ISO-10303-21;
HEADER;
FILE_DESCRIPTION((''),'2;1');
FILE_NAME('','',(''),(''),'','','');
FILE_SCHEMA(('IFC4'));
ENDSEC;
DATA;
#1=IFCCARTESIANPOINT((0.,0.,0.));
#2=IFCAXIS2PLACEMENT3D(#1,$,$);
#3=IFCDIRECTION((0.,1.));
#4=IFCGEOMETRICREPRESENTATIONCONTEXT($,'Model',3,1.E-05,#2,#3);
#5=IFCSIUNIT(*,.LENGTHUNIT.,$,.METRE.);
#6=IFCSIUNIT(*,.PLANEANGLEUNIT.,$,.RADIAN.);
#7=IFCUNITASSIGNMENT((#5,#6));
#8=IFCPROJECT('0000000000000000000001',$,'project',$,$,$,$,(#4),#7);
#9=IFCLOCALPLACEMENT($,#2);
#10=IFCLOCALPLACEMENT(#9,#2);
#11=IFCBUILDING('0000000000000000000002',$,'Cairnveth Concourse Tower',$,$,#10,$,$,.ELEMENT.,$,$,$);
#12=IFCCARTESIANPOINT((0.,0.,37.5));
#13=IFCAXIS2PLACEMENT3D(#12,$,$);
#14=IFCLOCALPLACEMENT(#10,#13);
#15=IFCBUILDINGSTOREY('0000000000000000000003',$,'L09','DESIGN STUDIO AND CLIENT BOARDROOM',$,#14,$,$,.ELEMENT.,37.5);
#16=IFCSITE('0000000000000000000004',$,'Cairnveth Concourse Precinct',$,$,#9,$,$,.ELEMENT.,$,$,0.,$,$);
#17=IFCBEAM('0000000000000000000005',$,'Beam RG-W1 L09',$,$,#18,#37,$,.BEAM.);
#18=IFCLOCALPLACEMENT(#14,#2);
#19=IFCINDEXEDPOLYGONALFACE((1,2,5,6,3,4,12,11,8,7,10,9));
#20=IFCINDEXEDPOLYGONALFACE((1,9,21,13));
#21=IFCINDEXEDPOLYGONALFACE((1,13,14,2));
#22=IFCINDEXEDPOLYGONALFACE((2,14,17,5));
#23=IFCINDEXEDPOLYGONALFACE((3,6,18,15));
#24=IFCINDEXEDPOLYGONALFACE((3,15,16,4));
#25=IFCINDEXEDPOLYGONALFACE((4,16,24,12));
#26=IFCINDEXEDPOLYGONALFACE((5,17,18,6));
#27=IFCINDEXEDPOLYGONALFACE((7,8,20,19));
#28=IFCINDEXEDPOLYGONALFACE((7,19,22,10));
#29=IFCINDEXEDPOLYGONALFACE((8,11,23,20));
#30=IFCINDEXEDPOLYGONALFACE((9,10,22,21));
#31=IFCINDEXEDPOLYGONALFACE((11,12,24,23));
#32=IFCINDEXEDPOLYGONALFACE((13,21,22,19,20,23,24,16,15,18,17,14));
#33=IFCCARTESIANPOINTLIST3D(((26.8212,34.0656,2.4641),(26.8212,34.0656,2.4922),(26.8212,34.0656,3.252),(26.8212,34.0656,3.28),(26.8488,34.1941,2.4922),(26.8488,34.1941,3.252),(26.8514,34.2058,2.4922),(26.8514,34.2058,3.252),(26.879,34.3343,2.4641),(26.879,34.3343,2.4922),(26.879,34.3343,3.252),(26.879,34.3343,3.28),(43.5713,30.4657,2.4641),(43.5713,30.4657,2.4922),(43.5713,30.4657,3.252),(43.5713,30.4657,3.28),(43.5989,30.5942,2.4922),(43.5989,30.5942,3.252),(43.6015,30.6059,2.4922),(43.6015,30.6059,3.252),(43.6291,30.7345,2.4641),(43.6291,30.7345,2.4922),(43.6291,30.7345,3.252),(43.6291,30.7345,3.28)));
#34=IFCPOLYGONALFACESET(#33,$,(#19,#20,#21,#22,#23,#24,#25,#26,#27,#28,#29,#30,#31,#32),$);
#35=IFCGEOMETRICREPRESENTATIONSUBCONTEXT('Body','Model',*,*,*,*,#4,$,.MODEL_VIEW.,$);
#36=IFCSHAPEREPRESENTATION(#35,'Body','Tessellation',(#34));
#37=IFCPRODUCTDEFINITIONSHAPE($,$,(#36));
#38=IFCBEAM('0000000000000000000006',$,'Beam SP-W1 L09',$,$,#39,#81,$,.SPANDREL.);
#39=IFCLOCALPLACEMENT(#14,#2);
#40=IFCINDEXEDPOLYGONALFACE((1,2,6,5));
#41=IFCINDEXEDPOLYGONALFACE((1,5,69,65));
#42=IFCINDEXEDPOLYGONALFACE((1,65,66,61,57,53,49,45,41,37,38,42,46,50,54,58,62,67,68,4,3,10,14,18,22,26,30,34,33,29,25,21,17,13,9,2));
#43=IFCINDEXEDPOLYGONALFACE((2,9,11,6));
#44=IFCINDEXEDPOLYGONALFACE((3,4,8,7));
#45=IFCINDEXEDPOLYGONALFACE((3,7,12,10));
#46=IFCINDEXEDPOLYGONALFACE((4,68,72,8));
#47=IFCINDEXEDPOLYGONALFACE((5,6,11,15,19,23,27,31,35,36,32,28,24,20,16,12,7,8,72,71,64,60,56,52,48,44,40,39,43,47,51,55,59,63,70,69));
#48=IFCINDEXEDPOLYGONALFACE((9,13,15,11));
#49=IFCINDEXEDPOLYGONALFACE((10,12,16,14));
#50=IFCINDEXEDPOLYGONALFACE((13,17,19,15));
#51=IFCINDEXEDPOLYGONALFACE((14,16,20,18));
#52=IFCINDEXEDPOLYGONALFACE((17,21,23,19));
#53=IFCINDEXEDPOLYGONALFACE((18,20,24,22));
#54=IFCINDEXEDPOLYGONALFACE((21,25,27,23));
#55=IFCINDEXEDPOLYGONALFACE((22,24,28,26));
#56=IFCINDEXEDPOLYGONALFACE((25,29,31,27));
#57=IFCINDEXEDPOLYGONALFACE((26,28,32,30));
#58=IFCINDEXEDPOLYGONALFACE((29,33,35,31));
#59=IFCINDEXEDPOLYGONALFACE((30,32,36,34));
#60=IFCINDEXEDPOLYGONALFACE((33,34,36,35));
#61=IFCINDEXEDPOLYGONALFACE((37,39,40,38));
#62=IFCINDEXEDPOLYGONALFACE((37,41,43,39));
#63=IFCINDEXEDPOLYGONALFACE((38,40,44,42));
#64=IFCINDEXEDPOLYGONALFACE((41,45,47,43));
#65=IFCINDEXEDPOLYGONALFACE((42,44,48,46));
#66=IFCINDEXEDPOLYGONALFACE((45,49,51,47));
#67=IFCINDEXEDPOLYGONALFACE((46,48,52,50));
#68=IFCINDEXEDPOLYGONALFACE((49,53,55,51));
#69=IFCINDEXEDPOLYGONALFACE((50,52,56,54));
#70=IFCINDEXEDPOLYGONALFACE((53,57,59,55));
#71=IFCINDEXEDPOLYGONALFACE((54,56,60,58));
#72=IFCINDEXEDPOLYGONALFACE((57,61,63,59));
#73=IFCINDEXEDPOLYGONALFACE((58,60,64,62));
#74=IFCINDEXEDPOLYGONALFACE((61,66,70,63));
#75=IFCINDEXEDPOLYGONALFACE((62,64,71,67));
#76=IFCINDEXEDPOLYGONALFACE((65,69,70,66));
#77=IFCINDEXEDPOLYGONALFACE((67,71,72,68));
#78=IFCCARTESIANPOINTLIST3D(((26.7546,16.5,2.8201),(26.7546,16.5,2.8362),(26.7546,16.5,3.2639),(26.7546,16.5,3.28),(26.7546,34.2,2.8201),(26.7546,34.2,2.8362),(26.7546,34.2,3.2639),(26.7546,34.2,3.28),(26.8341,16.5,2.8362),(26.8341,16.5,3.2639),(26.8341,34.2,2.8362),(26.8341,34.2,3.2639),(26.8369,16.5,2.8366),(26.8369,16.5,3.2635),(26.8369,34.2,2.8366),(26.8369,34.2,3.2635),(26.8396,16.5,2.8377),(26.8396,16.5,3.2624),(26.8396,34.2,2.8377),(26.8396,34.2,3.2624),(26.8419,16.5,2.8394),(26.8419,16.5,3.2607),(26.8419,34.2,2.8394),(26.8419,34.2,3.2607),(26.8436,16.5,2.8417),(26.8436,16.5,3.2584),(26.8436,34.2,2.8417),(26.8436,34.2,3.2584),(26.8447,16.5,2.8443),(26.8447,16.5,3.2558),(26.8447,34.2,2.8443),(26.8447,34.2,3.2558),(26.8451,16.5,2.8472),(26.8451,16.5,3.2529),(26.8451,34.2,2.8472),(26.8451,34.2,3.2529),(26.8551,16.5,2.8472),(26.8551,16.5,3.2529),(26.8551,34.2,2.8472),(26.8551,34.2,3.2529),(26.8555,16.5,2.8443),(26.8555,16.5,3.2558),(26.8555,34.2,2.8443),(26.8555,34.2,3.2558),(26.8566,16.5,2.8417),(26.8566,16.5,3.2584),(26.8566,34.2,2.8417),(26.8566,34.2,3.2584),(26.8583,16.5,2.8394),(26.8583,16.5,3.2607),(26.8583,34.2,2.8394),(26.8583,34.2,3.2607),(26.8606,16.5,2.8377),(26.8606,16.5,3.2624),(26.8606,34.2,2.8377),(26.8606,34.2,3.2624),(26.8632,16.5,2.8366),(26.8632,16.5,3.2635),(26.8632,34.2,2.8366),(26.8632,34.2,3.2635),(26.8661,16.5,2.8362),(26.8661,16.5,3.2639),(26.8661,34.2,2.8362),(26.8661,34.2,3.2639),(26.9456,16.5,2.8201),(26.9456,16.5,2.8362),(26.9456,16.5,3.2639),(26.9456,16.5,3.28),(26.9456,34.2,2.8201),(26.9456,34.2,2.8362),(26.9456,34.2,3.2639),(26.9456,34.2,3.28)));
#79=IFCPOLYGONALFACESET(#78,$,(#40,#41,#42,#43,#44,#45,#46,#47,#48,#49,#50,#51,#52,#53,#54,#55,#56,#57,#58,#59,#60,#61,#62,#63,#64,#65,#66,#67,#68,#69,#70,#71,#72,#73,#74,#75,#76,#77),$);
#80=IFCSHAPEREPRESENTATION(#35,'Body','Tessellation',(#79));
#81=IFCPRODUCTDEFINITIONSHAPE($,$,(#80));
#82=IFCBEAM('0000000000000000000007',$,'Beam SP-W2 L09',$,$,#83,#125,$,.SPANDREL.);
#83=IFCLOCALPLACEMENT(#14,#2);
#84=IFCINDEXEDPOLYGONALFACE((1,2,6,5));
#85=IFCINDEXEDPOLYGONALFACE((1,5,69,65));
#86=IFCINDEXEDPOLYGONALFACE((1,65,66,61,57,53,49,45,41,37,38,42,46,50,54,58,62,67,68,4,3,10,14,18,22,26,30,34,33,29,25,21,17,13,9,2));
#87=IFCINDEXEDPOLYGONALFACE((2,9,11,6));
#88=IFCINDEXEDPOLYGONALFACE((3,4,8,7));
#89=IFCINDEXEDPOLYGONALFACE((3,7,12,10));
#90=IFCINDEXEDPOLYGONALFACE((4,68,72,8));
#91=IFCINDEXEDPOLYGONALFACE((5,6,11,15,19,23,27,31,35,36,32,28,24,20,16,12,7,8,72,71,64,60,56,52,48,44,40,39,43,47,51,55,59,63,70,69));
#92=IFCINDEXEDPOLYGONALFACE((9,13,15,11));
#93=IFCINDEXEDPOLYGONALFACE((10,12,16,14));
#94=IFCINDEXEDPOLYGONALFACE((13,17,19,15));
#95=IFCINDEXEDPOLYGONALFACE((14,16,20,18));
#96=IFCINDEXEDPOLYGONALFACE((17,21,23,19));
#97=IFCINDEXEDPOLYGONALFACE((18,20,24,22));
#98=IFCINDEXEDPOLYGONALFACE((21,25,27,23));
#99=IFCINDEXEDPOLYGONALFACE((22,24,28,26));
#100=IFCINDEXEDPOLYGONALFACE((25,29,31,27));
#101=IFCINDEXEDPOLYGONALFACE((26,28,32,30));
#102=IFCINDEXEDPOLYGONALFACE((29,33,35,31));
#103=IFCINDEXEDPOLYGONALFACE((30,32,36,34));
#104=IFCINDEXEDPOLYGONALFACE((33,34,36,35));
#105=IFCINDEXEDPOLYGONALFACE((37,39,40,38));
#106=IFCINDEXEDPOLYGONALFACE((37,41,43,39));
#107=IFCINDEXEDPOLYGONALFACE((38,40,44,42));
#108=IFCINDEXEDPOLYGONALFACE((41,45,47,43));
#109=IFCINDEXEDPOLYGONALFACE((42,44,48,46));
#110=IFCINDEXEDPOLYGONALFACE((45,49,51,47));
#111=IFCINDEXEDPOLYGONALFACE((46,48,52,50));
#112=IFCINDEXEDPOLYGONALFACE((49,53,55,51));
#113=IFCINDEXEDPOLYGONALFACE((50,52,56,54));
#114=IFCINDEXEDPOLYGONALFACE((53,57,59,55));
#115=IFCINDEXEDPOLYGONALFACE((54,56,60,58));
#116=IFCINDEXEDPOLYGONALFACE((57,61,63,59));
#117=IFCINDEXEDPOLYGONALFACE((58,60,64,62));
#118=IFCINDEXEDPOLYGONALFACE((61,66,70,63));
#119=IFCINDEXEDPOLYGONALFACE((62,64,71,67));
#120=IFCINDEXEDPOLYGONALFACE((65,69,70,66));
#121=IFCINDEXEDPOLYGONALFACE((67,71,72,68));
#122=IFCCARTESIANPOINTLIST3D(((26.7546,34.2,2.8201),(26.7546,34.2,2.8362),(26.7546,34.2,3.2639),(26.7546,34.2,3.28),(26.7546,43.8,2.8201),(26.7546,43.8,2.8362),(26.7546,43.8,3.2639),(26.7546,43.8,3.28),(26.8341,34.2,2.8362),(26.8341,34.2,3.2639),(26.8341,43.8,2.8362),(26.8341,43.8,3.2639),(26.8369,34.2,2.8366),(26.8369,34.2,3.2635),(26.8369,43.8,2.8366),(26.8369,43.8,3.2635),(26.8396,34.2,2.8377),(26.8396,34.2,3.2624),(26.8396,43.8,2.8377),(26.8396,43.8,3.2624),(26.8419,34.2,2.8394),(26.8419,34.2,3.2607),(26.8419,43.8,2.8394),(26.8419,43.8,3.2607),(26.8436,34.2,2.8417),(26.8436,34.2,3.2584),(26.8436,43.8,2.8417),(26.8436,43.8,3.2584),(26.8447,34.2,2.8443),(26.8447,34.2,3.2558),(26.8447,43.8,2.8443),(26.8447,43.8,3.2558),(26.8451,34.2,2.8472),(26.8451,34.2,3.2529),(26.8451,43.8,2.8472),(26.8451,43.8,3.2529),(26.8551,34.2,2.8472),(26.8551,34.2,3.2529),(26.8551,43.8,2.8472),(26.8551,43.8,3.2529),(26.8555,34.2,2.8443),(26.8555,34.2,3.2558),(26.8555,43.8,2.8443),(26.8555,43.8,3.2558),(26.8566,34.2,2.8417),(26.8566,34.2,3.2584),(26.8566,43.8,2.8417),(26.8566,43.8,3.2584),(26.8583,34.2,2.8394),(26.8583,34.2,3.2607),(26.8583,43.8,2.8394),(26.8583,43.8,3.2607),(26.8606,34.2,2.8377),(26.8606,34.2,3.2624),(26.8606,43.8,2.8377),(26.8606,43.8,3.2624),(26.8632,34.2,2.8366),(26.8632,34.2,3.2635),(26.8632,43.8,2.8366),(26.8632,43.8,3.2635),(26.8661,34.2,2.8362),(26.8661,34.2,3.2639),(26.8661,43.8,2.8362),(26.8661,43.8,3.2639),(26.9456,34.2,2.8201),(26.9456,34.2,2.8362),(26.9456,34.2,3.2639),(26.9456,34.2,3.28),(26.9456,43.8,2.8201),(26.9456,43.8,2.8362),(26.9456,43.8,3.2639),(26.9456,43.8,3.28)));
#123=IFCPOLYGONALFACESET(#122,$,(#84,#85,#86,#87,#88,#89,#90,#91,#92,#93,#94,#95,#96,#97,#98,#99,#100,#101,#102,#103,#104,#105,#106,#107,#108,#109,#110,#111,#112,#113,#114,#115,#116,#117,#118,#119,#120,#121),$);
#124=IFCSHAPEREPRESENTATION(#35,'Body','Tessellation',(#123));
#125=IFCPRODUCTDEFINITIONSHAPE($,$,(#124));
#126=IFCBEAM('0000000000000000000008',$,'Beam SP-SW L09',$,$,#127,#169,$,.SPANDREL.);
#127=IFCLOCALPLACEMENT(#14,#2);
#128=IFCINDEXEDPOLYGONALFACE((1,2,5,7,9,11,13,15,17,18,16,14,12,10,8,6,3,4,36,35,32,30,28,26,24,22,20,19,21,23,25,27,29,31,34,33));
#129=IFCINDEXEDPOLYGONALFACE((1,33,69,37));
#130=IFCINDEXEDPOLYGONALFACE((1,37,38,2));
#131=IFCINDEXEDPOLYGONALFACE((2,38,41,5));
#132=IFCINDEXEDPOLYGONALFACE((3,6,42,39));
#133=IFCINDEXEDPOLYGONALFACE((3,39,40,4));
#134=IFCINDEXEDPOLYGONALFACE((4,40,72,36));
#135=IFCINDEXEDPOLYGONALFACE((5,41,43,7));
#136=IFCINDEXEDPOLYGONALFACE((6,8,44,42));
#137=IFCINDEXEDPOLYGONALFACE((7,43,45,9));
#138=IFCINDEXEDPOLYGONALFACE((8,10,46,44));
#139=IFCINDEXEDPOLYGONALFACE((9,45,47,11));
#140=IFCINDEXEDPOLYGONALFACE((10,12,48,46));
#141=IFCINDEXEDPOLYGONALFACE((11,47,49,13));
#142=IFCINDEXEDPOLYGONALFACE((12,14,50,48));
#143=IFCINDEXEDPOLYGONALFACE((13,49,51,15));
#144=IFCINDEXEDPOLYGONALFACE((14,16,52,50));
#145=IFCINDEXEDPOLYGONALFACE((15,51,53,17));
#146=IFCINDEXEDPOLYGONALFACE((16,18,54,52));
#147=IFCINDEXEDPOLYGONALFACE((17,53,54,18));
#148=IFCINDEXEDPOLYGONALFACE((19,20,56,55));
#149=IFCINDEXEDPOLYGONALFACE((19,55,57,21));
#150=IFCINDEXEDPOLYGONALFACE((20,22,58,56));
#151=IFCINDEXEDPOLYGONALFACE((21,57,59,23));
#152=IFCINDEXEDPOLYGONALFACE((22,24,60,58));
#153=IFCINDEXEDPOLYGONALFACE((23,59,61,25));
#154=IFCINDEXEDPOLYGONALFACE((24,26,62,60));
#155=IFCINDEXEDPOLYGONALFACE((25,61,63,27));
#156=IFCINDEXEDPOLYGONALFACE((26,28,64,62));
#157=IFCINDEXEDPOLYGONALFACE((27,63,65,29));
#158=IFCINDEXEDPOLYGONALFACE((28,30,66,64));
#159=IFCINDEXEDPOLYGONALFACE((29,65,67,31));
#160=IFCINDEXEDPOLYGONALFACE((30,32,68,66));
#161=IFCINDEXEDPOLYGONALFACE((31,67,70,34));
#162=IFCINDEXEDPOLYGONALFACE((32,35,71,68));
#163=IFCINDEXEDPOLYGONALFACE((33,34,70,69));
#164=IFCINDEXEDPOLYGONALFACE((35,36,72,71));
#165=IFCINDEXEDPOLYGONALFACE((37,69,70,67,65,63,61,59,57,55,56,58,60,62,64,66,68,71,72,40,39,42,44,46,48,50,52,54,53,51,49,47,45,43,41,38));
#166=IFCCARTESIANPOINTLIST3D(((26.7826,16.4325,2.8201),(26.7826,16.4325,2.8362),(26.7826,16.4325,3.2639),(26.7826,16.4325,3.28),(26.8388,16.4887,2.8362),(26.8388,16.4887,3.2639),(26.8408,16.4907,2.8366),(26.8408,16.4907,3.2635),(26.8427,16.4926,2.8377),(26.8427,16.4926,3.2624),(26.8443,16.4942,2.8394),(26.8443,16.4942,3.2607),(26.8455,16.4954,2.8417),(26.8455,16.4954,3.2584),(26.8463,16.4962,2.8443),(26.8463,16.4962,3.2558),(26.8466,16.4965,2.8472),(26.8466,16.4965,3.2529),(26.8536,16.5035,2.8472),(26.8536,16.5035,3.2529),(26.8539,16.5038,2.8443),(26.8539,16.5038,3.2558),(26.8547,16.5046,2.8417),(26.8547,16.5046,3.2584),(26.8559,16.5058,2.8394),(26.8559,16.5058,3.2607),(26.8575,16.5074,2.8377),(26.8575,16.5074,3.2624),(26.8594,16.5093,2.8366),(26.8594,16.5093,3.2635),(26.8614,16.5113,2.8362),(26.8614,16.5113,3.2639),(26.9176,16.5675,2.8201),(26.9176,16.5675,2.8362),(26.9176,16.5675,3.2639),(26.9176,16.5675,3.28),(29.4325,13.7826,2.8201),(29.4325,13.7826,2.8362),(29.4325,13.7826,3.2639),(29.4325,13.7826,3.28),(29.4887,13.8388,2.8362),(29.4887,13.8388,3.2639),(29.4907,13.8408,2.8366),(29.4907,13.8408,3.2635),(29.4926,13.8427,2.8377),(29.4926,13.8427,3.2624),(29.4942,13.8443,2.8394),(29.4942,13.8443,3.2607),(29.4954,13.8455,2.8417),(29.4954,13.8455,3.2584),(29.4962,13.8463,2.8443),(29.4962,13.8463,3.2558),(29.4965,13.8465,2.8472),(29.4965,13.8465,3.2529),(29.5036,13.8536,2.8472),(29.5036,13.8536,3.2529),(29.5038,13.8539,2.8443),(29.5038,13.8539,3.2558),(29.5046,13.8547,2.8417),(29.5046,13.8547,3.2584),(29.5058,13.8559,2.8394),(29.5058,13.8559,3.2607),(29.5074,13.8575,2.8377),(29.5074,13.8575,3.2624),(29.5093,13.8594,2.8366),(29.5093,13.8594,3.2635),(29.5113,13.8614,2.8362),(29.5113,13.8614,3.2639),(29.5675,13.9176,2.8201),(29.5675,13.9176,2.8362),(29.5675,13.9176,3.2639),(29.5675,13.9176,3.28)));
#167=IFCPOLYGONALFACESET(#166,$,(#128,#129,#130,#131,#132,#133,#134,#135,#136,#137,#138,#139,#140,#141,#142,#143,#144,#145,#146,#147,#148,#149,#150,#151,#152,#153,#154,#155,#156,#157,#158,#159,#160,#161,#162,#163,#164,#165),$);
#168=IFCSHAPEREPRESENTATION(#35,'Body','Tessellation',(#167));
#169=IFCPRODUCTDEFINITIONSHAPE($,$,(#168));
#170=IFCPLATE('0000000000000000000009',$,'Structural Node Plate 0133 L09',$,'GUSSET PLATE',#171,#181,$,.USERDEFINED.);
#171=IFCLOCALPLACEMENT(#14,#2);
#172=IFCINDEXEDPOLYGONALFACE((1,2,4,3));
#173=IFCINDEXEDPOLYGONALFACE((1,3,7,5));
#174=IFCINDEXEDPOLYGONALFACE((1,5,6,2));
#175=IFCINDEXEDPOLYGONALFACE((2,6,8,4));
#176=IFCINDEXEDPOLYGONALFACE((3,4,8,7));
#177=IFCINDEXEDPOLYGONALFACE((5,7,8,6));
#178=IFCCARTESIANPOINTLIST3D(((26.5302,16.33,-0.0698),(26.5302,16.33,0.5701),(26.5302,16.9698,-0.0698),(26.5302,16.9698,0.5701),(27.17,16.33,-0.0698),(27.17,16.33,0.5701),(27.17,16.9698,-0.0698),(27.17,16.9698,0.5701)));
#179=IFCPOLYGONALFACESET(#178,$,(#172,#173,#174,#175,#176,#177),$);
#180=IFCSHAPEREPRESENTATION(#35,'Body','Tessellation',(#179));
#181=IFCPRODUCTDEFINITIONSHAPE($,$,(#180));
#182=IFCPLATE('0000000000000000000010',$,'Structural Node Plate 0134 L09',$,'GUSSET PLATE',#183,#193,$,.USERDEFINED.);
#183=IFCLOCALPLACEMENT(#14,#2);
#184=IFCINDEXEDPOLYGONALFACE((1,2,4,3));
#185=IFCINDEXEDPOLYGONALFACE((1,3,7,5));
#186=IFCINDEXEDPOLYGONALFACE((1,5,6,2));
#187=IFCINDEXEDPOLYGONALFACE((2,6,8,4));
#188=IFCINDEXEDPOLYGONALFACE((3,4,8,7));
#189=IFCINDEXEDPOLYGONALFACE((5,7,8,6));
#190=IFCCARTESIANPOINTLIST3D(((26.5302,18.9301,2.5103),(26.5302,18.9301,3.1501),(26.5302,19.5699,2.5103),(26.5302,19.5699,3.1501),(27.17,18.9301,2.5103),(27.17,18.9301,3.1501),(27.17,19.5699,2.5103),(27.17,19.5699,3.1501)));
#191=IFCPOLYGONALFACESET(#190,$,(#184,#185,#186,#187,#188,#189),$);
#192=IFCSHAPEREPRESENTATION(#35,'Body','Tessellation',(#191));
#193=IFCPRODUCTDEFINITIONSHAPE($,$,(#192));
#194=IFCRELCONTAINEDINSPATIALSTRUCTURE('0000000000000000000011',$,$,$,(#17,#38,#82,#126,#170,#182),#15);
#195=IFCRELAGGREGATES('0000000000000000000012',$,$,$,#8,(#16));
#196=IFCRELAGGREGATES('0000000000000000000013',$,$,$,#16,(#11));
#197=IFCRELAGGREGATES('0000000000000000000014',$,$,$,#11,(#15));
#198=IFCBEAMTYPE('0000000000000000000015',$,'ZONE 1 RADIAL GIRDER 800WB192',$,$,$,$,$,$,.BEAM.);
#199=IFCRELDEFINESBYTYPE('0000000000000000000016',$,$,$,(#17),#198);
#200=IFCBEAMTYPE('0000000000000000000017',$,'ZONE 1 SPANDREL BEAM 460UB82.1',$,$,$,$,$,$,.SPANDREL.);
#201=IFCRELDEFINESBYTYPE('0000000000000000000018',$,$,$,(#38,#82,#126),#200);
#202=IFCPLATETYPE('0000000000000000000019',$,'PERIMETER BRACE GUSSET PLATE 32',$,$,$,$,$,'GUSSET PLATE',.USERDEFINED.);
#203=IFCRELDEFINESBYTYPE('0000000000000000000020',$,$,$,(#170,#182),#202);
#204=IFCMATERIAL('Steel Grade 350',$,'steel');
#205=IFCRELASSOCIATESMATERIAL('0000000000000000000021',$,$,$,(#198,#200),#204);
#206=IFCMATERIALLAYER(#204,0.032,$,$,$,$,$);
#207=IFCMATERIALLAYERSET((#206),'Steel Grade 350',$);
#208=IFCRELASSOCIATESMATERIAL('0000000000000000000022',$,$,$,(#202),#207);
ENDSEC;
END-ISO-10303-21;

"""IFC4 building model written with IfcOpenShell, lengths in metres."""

from ifc_helpers import new_model, si_unit, direction, frame, origin, origin_2d, place, context, subcontext, project, spatial, rectangle, i_section, extrude, material, layer, layer_set, material_profile, profile_set, type_object, element, save


model = new_model("IFC4")

# Units and contexts
model_context = context("Model", 3, precision=1e-05, world=origin(), true_north=direction((0.0, 1.0)))
body_context = subcontext(model_context, "Body", "Model", "MODEL_VIEW")
ifc_project = project(units=[si_unit("LENGTHUNIT", "METRE"), si_unit("PLANEANGLEUNIT", "RADIAN")], contexts=[model_context])

# Site, building, storey
site_placement = place(None, origin())
site = spatial("IfcSite", under=ifc_project, at=site_placement, Name="Cairnveth Concourse Precinct", CompositionType="ELEMENT", RefElevation=0.0)
building_placement = place(site_placement, origin())
building = spatial("IfcBuilding", under=site, at=building_placement, Name="Cairnveth Concourse Tower", CompositionType="ELEMENT")
storey_placement = place(building_placement, frame((0.0, 0.0, 37.5)))
storey = spatial("IfcBuildingStorey", under=building, at=storey_placement, Name="L09", Description="DESIGN STUDIO AND CLIENT BOARDROOM", CompositionType="ELEMENT", Elevation=37.5)

# Shared definitions
ifc_material_1 = material(Name="Steel Grade 350", Category="steel")

# Beams
ifc_material_profile_1 = material_profile(ifc_material_1, i_section(OverallWidth=0.2749, OverallDepth=0.8159, WebThickness=0.012, FlangeThickness=0.0281, at=origin_2d()), Name="800WB192")
ifc_profile_set_1 = profile_set([ifc_material_profile_1], Name="Steel Grade 350")
beam_type_1 = type_object("IfcBeamType", Name="ZONE 1 RADIAL GIRDER 800WB192", PredefinedType="BEAM", material=ifc_profile_set_1)
beam_1_placement = place(storey_placement, frame((26.8501, 34.2, 2.8721), z_axis=(0.977676, -0.210119, 0.0), x_axis=(0.210119, 0.977676, 0.0)))
element("IfcBeam", 1, at=beam_1_placement, inside=storey, type_object=beam_type_1, Name="Beam RG-W1 L09", PredefinedType="BEAM", context=body_context, shape_type="SweptSolid", body=[
    extrude(i_section(OverallWidth=0.2749, OverallDepth=0.8159, WebThickness=0.012, FlangeThickness=0.0281, at=origin_2d()), origin(), (0.0, 0.0, 1.0), 17.1326),
])
ifc_material_profile_2 = material_profile(ifc_material_1, i_section(OverallWidth=0.1909, OverallDepth=0.46, WebThickness=0.01, FlangeThickness=0.0161, FilletRadius=0.011, at=origin_2d()), Name="460UB82.1")
ifc_profile_set_2 = profile_set([ifc_material_profile_2], Name="Steel Grade 350")
beam_type_2 = type_object("IfcBeamType", Name="ZONE 1 SPANDREL BEAM 460UB82.1", PredefinedType="SPANDREL", material=ifc_profile_set_2)
beam_2_placement = place(storey_placement, frame((26.8501, 16.5, 3.05), z_axis=(0.0, 1.0, 0.0), x_axis=(-1.0, 0.0, 0.0)))
element("IfcBeam", 2, at=beam_2_placement, inside=storey, type_object=beam_type_2, Name="Beam SP-W1 L09", PredefinedType="SPANDREL", context=body_context, shape_type="SweptSolid", body=[
    extrude(i_section(OverallWidth=0.1909, OverallDepth=0.46, WebThickness=0.01, FlangeThickness=0.0161, FilletRadius=0.011, at=origin_2d()), origin(), (0.0, 0.0, 1.0), 17.7),
])
beam_3_placement = place(storey_placement, frame((26.8501, 34.2, 3.05), z_axis=(0.0, 1.0, 0.0), x_axis=(-1.0, 0.0, 0.0)))
element("IfcBeam", 3, at=beam_3_placement, inside=storey, type_object=beam_type_2, Name="Beam SP-W2 L09", PredefinedType="SPANDREL", context=body_context, shape_type="SweptSolid", body=[
    extrude(i_section(OverallWidth=0.1909, OverallDepth=0.46, WebThickness=0.01, FlangeThickness=0.0161, FilletRadius=0.011, at=origin_2d()), origin(), (0.0, 0.0, 1.0), 9.6001),
])
beam_4_placement = place(storey_placement, frame((26.8501, 16.5, 3.05), z_axis=(0.707107, -0.707107, 0.0), x_axis=(0.707107, 0.707107, 0.0)))
element("IfcBeam", 4, at=beam_4_placement, inside=storey, type_object=beam_type_2, Name="Beam SP-SW L09", PredefinedType="SPANDREL", context=body_context, shape_type="SweptSolid", body=[
    extrude(i_section(OverallWidth=0.1909, OverallDepth=0.46, WebThickness=0.01, FlangeThickness=0.0161, FilletRadius=0.011, at=origin_2d()), origin(), (0.0, 0.0, 1.0), 3.7476),
])

# Plates
ifc_layer_1 = layer(ifc_material_1, 0.032)
ifc_layer_set_1 = layer_set([ifc_layer_1], Name="Steel Grade 350")
plate_type = type_object("IfcPlateType", Name="PERIMETER BRACE GUSSET PLATE 32", ElementType="GUSSET PLATE", PredefinedType="USERDEFINED", material=ifc_layer_set_1)
for number, where, z_axis, x_axis, name in (
    (5, (26.8501, 16.6499, -0.0698), (0.0, 0.0, 1.0), (1.0, 0.0, 0.0), "Structural Node Plate 0133 L09"),
    (6, (26.8501, 19.25, 2.5103), (0.0, 0.0, 1.0), (1.0, 0.0, 0.0), "Structural Node Plate 0134 L09"),
):
    element("IfcPlate", number, at=place(storey_placement, frame(where, z_axis=z_axis, x_axis=x_axis)), inside=storey, type_object=plate_type, Name=name, ObjectType="GUSSET PLATE", PredefinedType="USERDEFINED", context=body_context, shape_type="SweptSolid", body=[
        extrude(rectangle(XDim=0.6399, YDim=0.6399, at=origin_2d()), origin(), (0.0, 0.0, 1.0), 0.6399),
    ])

save(model, "model.ifc")
